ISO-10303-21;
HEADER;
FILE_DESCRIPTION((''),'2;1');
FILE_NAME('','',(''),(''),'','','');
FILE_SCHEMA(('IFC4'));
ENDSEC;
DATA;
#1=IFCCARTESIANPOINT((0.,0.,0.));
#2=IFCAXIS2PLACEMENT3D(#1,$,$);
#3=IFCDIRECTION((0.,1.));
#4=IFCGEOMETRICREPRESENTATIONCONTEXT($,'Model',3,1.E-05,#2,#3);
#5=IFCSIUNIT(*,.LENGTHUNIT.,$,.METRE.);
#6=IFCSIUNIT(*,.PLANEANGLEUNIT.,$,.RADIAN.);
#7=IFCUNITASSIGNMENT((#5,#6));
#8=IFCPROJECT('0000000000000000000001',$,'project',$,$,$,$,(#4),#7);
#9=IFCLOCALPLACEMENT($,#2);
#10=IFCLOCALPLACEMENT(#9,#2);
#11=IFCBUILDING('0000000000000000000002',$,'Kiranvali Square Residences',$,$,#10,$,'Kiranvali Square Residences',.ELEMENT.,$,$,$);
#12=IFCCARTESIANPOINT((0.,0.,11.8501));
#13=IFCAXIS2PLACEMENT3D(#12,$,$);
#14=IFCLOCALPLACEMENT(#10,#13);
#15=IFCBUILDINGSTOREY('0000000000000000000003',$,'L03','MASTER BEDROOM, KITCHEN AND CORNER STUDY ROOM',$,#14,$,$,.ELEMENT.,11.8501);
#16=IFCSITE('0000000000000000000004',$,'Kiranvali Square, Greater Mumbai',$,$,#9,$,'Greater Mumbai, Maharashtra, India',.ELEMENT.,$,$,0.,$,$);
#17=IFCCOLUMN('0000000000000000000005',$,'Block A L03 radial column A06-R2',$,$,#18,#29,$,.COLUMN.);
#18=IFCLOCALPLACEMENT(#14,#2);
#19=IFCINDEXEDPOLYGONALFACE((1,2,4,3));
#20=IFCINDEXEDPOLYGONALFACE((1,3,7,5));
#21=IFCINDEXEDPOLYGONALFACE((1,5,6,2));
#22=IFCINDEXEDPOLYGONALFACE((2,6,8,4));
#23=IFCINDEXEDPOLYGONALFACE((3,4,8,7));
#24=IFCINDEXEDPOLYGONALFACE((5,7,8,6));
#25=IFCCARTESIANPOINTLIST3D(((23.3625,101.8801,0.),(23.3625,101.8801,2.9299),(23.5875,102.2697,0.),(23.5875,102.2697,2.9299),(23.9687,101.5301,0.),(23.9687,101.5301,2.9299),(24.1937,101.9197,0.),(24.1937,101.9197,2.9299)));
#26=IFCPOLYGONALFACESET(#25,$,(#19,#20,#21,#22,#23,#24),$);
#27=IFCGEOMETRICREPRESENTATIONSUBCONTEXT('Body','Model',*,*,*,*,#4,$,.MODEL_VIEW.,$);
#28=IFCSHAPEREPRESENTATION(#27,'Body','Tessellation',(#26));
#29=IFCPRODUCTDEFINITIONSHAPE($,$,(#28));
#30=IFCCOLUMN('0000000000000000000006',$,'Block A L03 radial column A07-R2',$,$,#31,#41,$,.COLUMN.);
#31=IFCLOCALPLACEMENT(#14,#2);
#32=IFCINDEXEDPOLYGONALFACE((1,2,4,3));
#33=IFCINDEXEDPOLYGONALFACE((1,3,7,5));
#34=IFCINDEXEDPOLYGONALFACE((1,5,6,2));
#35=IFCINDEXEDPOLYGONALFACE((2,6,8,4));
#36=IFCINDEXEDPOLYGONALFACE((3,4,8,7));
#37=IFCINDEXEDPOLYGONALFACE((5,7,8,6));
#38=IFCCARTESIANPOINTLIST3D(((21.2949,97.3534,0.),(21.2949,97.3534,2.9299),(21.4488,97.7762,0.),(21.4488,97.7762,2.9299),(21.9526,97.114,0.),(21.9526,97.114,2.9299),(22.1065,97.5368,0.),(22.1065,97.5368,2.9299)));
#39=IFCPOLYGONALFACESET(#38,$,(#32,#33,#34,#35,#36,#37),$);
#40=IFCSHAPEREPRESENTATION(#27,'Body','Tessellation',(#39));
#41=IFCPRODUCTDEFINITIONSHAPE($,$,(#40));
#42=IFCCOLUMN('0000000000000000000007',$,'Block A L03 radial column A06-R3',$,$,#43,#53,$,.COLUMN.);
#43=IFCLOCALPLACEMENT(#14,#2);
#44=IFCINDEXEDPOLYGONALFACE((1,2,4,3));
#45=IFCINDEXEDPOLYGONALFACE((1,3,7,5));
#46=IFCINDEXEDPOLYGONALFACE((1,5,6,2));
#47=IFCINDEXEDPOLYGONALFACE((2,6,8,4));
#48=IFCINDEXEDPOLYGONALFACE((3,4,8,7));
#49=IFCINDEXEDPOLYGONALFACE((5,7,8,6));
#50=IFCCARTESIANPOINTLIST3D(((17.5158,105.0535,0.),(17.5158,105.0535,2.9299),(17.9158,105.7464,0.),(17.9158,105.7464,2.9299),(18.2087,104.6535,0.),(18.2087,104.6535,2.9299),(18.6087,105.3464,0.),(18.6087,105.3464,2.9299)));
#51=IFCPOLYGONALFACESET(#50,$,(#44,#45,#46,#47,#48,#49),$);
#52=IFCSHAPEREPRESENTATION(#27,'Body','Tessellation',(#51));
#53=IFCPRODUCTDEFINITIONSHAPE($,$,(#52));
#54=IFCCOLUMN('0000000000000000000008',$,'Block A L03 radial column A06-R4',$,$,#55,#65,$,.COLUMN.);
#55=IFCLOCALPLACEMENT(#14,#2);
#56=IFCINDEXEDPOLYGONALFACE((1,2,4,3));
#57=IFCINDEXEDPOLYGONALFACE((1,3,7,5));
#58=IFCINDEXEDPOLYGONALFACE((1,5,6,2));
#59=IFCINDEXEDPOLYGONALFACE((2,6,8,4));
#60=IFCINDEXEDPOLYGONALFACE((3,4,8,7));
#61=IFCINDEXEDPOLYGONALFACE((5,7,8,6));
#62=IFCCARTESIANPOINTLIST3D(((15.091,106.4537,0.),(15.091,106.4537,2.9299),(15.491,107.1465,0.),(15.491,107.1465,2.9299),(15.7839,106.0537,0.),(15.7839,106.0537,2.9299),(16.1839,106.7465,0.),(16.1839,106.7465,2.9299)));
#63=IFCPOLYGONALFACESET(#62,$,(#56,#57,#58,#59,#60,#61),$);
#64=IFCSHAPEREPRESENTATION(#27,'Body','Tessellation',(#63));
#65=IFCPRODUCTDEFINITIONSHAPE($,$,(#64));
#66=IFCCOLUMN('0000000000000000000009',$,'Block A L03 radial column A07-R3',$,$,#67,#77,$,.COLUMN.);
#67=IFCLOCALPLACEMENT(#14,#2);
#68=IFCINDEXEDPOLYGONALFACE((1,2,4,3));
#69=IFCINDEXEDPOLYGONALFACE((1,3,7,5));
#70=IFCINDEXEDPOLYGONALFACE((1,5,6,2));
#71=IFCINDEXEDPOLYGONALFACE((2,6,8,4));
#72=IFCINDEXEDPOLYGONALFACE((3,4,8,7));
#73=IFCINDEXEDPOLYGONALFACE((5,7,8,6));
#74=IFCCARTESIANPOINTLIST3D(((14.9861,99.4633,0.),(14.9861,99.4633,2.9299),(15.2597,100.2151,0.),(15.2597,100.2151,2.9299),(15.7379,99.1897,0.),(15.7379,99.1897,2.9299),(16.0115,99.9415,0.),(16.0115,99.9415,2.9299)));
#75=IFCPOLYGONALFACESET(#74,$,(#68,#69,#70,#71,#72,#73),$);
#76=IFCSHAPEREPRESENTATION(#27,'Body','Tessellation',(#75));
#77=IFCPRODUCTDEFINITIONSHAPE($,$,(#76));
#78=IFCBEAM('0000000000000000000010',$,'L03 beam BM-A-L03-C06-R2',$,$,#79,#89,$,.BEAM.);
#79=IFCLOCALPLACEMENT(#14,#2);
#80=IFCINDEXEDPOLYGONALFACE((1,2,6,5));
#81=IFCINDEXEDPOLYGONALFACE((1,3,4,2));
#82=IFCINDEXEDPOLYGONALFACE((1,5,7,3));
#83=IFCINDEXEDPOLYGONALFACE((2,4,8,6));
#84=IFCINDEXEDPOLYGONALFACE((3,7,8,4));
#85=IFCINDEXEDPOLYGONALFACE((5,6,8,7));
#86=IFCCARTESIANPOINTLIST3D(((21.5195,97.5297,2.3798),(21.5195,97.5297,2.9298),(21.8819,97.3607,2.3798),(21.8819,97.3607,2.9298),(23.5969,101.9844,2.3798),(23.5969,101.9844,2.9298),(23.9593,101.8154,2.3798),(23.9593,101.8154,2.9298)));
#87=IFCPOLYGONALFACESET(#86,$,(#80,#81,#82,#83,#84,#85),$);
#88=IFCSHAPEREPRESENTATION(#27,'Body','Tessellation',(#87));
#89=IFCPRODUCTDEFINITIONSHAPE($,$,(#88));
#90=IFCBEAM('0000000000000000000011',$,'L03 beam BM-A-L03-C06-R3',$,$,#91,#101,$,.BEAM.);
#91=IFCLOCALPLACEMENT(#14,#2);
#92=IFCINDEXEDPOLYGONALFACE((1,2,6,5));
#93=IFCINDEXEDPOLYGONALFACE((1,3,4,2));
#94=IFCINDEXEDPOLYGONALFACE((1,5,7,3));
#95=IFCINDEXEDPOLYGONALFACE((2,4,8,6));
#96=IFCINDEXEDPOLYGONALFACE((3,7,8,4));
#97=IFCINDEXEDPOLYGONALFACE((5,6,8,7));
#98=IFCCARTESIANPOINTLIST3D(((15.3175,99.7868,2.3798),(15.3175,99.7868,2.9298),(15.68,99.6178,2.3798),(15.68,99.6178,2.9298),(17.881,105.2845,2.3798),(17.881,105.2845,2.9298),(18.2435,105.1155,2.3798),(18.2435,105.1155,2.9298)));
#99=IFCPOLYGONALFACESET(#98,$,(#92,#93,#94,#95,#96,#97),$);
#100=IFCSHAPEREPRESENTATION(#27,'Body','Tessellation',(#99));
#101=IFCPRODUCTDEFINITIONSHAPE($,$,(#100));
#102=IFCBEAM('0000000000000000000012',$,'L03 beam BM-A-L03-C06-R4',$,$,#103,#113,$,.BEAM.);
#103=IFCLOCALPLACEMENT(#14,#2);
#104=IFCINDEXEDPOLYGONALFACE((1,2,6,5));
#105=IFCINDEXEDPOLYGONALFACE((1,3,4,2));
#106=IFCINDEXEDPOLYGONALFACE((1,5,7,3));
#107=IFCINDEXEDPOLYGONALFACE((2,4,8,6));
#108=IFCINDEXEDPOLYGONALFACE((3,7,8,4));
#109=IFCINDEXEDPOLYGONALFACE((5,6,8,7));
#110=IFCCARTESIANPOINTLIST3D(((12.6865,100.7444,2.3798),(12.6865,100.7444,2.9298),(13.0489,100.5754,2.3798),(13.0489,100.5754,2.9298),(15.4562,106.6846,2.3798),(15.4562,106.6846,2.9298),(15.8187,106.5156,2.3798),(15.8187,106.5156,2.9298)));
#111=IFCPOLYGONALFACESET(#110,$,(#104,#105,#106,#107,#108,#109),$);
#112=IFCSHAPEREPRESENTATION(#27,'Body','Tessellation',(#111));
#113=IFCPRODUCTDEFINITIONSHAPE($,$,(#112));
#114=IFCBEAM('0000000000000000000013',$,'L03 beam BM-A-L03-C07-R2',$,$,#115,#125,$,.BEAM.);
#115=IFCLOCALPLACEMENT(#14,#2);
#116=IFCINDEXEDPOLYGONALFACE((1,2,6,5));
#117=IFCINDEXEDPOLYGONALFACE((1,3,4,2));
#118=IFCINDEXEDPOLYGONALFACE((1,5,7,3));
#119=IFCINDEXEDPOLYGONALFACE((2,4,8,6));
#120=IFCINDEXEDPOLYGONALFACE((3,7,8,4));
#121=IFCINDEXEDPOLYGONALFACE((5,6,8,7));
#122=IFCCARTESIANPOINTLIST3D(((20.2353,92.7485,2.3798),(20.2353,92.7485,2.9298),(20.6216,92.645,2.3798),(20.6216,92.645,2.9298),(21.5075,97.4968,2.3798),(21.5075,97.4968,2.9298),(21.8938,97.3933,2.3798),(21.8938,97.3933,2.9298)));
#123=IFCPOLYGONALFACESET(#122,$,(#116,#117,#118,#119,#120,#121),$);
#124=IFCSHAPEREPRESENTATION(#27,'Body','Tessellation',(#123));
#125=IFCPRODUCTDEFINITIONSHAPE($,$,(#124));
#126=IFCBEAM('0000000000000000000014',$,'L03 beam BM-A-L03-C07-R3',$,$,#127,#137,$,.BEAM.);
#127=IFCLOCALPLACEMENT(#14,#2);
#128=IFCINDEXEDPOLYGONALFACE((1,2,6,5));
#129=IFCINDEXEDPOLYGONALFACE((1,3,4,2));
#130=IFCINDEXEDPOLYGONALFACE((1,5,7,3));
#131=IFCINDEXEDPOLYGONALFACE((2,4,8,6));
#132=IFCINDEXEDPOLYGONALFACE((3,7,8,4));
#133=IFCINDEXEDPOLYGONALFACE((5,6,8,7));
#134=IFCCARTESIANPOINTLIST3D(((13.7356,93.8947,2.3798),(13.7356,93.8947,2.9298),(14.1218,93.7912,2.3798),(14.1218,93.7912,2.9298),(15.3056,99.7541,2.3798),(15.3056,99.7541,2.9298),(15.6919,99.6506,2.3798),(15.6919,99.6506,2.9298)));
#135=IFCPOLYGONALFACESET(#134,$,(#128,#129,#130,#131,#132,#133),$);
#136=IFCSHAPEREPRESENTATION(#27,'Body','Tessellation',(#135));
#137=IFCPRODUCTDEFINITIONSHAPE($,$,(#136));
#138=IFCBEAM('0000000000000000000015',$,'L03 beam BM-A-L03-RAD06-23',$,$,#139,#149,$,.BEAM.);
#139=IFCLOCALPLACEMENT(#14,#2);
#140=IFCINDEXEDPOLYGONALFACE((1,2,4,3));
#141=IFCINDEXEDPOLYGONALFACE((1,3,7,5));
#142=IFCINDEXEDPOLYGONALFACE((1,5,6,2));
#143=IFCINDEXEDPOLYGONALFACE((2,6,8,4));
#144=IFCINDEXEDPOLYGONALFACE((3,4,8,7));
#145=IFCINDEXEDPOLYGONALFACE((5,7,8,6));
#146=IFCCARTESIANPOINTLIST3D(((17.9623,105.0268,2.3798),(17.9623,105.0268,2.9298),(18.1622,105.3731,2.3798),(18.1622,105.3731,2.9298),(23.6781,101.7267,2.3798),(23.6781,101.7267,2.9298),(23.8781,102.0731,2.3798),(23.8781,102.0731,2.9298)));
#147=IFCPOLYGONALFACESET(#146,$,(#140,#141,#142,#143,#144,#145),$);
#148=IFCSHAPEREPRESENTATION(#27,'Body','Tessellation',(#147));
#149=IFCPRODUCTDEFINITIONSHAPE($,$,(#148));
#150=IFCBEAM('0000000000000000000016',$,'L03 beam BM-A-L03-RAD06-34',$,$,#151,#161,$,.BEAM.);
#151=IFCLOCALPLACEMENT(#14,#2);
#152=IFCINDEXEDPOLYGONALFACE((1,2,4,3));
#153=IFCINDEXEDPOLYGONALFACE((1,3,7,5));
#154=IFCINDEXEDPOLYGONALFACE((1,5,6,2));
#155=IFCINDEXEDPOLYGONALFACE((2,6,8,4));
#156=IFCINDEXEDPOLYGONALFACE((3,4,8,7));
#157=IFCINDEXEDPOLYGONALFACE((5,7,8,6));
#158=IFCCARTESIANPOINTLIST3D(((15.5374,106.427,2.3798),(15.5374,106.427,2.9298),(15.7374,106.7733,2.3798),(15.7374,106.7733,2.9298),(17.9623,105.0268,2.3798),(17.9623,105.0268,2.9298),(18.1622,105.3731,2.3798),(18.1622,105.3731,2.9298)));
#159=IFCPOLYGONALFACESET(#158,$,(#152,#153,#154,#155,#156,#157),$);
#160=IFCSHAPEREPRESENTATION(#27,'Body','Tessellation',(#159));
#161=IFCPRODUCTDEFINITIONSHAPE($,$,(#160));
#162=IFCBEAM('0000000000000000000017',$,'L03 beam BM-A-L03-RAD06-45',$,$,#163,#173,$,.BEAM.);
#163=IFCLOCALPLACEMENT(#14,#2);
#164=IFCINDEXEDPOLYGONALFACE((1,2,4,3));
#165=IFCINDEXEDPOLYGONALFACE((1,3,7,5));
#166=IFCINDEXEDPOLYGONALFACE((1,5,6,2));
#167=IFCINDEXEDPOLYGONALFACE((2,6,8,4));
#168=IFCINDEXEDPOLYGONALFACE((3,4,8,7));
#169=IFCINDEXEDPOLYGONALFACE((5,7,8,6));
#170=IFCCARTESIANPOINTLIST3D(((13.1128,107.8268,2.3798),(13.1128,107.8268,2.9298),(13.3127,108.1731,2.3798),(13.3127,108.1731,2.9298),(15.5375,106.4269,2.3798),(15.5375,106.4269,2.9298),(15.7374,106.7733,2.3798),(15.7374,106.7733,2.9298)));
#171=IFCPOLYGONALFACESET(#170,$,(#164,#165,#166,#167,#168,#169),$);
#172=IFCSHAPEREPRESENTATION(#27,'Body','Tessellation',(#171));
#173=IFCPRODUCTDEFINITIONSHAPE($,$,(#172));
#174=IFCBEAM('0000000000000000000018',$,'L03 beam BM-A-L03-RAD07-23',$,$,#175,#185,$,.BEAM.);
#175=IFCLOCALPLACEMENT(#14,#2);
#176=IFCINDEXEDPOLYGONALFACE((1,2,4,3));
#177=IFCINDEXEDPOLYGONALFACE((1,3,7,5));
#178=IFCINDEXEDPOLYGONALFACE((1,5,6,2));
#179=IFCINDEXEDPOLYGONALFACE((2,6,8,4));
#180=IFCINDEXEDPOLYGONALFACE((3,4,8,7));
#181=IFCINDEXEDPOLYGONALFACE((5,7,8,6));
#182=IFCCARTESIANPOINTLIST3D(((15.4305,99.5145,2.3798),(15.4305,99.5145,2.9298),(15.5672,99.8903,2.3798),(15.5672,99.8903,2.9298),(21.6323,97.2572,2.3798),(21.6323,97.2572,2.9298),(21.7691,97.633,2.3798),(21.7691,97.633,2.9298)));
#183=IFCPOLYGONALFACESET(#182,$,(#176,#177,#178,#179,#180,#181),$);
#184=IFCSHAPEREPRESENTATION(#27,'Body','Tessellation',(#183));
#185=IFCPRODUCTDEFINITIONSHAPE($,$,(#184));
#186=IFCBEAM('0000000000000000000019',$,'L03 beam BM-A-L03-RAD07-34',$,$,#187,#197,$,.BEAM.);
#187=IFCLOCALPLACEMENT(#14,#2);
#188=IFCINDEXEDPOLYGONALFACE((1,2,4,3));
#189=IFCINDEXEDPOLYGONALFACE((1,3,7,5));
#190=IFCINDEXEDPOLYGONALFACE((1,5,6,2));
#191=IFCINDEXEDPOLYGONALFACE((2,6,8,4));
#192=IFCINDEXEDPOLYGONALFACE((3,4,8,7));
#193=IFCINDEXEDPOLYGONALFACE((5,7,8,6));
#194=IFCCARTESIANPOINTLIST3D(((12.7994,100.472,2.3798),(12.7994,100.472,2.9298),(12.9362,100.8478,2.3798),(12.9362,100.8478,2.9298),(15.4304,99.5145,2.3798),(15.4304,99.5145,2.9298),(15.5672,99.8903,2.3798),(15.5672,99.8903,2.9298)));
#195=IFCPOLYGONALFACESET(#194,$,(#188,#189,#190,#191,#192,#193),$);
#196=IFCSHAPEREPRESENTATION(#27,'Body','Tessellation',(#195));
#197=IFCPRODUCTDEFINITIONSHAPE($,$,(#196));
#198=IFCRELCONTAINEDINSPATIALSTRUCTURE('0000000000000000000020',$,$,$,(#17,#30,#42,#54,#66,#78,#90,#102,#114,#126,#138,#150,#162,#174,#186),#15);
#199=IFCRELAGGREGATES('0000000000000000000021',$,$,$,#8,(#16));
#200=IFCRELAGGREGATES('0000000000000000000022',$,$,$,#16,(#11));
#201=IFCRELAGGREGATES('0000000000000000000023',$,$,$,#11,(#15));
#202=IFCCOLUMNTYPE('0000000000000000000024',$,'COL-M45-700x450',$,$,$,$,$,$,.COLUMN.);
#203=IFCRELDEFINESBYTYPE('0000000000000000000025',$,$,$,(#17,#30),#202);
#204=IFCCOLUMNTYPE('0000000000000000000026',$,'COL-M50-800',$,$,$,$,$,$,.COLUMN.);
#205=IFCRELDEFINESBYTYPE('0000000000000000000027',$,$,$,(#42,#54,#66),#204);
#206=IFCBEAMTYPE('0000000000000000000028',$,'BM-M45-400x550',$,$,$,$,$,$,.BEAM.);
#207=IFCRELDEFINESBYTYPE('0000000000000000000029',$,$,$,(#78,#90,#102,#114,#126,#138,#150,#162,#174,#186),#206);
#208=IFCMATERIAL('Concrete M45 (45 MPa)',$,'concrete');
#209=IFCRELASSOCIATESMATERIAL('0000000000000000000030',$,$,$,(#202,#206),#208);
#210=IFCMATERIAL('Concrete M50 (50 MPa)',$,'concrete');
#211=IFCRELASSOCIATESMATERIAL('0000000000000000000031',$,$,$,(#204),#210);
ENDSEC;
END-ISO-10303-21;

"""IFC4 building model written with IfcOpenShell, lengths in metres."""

from ifc_helpers import new_model, si_unit, direction, frame, origin, origin_2d, place, context, subcontext, project, spatial, rectangle, extrude, material, material_profile, profile_set, type_object, element, save


model = new_model("IFC4")

# Units and contexts
model_context = context("Model", 3, precision=1e-05, world=origin(), true_north=direction((0.0, 1.0)))
body_context = subcontext(model_context, "Body", "Model", "MODEL_VIEW")
ifc_project = project(units=[si_unit("LENGTHUNIT", "METRE"), si_unit("PLANEANGLEUNIT", "RADIAN")], contexts=[model_context])

# Site, building, storey
site_placement = place(None, origin())
site = spatial("IfcSite", under=ifc_project, at=site_placement, Name="Kiranvali Square, Greater Mumbai", LongName="Greater Mumbai, Maharashtra, India", CompositionType="ELEMENT", RefElevation=0.0)
building_placement = place(site_placement, origin())
building = spatial("IfcBuilding", under=site, at=building_placement, Name="Kiranvali Square Residences", LongName="Kiranvali Square Residences", CompositionType="ELEMENT")
storey_placement = place(building_placement, frame((0.0, 0.0, 11.8501)))
storey = spatial("IfcBuildingStorey", under=building, at=storey_placement, Name="L03", Description="MASTER BEDROOM, KITCHEN AND CORNER STUDY ROOM", CompositionType="ELEMENT", Elevation=11.8501)

# Columns
ifc_material_1 = material(Name="Concrete M45 (45 MPa)", Category="concrete")
ifc_material_profile_1 = material_profile(ifc_material_1, rectangle(XDim=0.45, YDim=0.7, at=origin_2d()), Name="RC 700x450")
ifc_profile_set_1 = profile_set([ifc_material_profile_1], Name="Concrete M45 (45 MPa)")
column_type_1 = type_object("IfcColumnType", Name="COL-M45-700x450", PredefinedType="COLUMN", material=ifc_profile_set_1)
for number, where, z_axis, x_axis, name in (
    (1, (23.7781, 101.8999, 0.0), (0.0, 0.0, 1.0), (0.5, 0.866025, 0.0), "Block A L03 radial column A06-R2"),
    (2, (21.7007, 97.4451, 0.0), (0.0, 0.0, 1.0), (0.34202, 0.939693, 0.0), "Block A L03 radial column A07-R2"),
):
    element("IfcColumn", number, at=place(storey_placement, frame(where, z_axis=z_axis, x_axis=x_axis)), inside=storey, type_object=column_type_1, Name=name, PredefinedType="COLUMN", context=body_context, shape_type="SweptSolid", body=[
        extrude(rectangle(XDim=0.45, YDim=0.7, at=origin_2d()), origin(), (0.0, 0.0, 1.0), 2.9299),
    ])
ifc_material_2 = material(Name="Concrete M50 (50 MPa)", Category="concrete")
ifc_material_profile_2 = material_profile(ifc_material_2, rectangle(XDim=0.8, YDim=0.8, at=origin_2d()), Name="RC 800x800")
ifc_profile_set_2 = profile_set([ifc_material_profile_2], Name="Concrete M50 (50 MPa)")
column_type_2 = type_object("IfcColumnType", Name="COL-M50-800", PredefinedType="COLUMN", material=ifc_profile_set_2)
for number, where, z_axis, x_axis, name in (
    (3, (18.0623, 105.2, 0.0), (0.0, 0.0, 1.0), (0.5, 0.866025, 0.0), "Block A L03 radial column A06-R3"),
    (4, (15.6375, 106.6001, 0.0), (0.0, 0.0, 1.0), (0.5, 0.866025, 0.0), "Block A L03 radial column A06-R4"),
    (5, (15.4988, 99.7024, 0.0), (0.0, 0.0, 1.0), (0.34202, 0.939693, 0.0), "Block A L03 radial column A07-R3"),
):
    element("IfcColumn", number, at=place(storey_placement, frame(where, z_axis=z_axis, x_axis=x_axis)), inside=storey, type_object=column_type_2, Name=name, PredefinedType="COLUMN", context=body_context, shape_type="SweptSolid", body=[
        extrude(rectangle(XDim=0.8, YDim=0.8, at=origin_2d()), origin(), (0.0, 0.0, 1.0), 2.9299),
    ])

# Beams
ifc_material_profile_3 = material_profile(ifc_material_1, rectangle(XDim=0.3999, YDim=0.55, at=origin_2d()), Name="RC 400x550")
ifc_profile_set_3 = profile_set([ifc_material_profile_3], Name="Concrete M45 (45 MPa)")
beam_type = type_object("IfcBeamType", Name="BM-M45-400x550", PredefinedType="BEAM", material=ifc_profile_set_3)
beam_1_placement = place(storey_placement, frame((23.7781, 101.8999, 2.6548), z_axis=(-0.42263, -0.906302, 0.0), x_axis=(0.906302, -0.42263, 0.0)))
element("IfcBeam", 6, at=beam_1_placement, inside=storey, type_object=beam_type, Name="L03 beam BM-A-L03-C06-R2", PredefinedType="BEAM", context=body_context, shape_type="SweptSolid", body=[
    extrude(rectangle(XDim=0.3999, YDim=0.55, at=origin_2d()), origin(), (0.0, 0.0, 1.0), 4.9153),
])
beam_2_placement = place(storey_placement, frame((18.0623, 105.2, 2.6548), z_axis=(-0.422608, -0.906313, 0.0), x_axis=(0.906313, -0.422608, 0.0)))
element("IfcBeam", 7, at=beam_2_placement, inside=storey, type_object=beam_type, Name="L03 beam BM-A-L03-C06-R3", PredefinedType="BEAM", context=body_context, shape_type="SweptSolid", body=[
    extrude(rectangle(XDim=0.3999, YDim=0.55, at=origin_2d()), origin(), (0.0, 0.0, 1.0), 6.0659),
])
beam_3_placement = place(storey_placement, frame((15.6375, 106.6001, 2.6548), z_axis=(-0.422596, -0.906318, 0.0), x_axis=(0.906318, -0.422596, 0.0)))
element("IfcBeam", 8, at=beam_3_placement, inside=storey, type_object=beam_type, Name="L03 beam BM-A-L03-C06-R4", PredefinedType="BEAM", context=body_context, shape_type="SweptSolid", body=[
    extrude(rectangle(XDim=0.3999, YDim=0.55, at=origin_2d()), origin(), (0.0, 0.0, 1.0), 6.5542),
])
beam_4_placement = place(storey_placement, frame((21.7007, 97.4451, 2.6548), z_axis=(-0.258803, -0.96593, 0.0), x_axis=(0.96593, -0.258803, 0.0)))
element("IfcBeam", 9, at=beam_4_placement, inside=storey, type_object=beam_type, Name="L03 beam BM-A-L03-C07-R2", PredefinedType="BEAM", context=body_context, shape_type="SweptSolid", body=[
    extrude(rectangle(XDim=0.3999, YDim=0.55, at=origin_2d()), origin(), (0.0, 0.0, 1.0), 4.9158),
])
beam_5_placement = place(storey_placement, frame((15.4988, 99.7024, 2.6548), z_axis=(-0.258827, -0.965924, 0.0), x_axis=(0.965924, -0.258827, 0.0)))
element("IfcBeam", 10, at=beam_5_placement, inside=storey, type_object=beam_type, Name="L03 beam BM-A-L03-C07-R3", PredefinedType="BEAM", context=body_context, shape_type="SweptSolid", body=[
    extrude(rectangle(XDim=0.3999, YDim=0.55, at=origin_2d()), origin(), (0.0, 0.0, 1.0), 6.0662),
])
beam_6_placement = place(storey_placement, frame((23.7781, 101.8999, 2.6548), z_axis=(-0.866024, 0.500002, 0.0), x_axis=(-0.500002, -0.866024, 0.0)))
element("IfcBeam", 11, at=beam_6_placement, inside=storey, type_object=beam_type, Name="L03 beam BM-A-L03-RAD06-23", PredefinedType="BEAM", context=body_context, shape_type="SweptSolid", body=[
    extrude(rectangle(XDim=0.3999, YDim=0.55, at=origin_2d()), origin(), (0.0, 0.0, 1.0), 6.6001),
])
beam_7_placement = place(storey_placement, frame((18.0623, 105.2, 2.6548), z_axis=(-0.865997, 0.50005, 0.0), x_axis=(-0.50005, -0.865997, 0.0)))
element("IfcBeam", 12, at=beam_7_placement, inside=storey, type_object=beam_type, Name="L03 beam BM-A-L03-RAD06-34", PredefinedType="BEAM", context=body_context, shape_type="SweptSolid", body=[
    extrude(rectangle(XDim=0.3999, YDim=0.55, at=origin_2d()), origin(), (0.0, 0.0, 1.0), 2.8),
])
beam_8_placement = place(storey_placement, frame((15.6375, 106.6001, 2.6548), z_axis=(-0.866035, 0.499984, 0.0), x_axis=(-0.499984, -0.866035, 0.0)))
element("IfcBeam", 13, at=beam_8_placement, inside=storey, type_object=beam_type, Name="L03 beam BM-A-L03-RAD06-45", PredefinedType="BEAM", context=body_context, shape_type="SweptSolid", body=[
    extrude(rectangle(XDim=0.3999, YDim=0.55, at=origin_2d()), origin(), (0.0, 0.0, 1.0), 2.7998),
])
beam_9_placement = place(storey_placement, frame((21.7007, 97.4451, 2.6548), z_axis=(-0.939692, 0.342022, 0.0), x_axis=(-0.342022, -0.939692, 0.0)))
element("IfcBeam", 14, at=beam_9_placement, inside=storey, type_object=beam_type, Name="L03 beam BM-A-L03-RAD07-23", PredefinedType="BEAM", context=body_context, shape_type="SweptSolid", body=[
    extrude(rectangle(XDim=0.3999, YDim=0.55, at=origin_2d()), origin(), (0.0, 0.0, 1.0), 6.5999),
])
beam_10_placement = place(storey_placement, frame((15.4988, 99.7024, 2.6548), z_axis=(-0.939707, 0.341981, 0.0), x_axis=(-0.341981, -0.939707, 0.0)))
element("IfcBeam", 15, at=beam_10_placement, inside=storey, type_object=beam_type, Name="L03 beam BM-A-L03-RAD07-34", PredefinedType="BEAM", context=body_context, shape_type="SweptSolid", body=[
    extrude(rectangle(XDim=0.3999, YDim=0.55, at=origin_2d()), origin(), (0.0, 0.0, 1.0), 2.7998),
])

save(model, "model.ifc")
